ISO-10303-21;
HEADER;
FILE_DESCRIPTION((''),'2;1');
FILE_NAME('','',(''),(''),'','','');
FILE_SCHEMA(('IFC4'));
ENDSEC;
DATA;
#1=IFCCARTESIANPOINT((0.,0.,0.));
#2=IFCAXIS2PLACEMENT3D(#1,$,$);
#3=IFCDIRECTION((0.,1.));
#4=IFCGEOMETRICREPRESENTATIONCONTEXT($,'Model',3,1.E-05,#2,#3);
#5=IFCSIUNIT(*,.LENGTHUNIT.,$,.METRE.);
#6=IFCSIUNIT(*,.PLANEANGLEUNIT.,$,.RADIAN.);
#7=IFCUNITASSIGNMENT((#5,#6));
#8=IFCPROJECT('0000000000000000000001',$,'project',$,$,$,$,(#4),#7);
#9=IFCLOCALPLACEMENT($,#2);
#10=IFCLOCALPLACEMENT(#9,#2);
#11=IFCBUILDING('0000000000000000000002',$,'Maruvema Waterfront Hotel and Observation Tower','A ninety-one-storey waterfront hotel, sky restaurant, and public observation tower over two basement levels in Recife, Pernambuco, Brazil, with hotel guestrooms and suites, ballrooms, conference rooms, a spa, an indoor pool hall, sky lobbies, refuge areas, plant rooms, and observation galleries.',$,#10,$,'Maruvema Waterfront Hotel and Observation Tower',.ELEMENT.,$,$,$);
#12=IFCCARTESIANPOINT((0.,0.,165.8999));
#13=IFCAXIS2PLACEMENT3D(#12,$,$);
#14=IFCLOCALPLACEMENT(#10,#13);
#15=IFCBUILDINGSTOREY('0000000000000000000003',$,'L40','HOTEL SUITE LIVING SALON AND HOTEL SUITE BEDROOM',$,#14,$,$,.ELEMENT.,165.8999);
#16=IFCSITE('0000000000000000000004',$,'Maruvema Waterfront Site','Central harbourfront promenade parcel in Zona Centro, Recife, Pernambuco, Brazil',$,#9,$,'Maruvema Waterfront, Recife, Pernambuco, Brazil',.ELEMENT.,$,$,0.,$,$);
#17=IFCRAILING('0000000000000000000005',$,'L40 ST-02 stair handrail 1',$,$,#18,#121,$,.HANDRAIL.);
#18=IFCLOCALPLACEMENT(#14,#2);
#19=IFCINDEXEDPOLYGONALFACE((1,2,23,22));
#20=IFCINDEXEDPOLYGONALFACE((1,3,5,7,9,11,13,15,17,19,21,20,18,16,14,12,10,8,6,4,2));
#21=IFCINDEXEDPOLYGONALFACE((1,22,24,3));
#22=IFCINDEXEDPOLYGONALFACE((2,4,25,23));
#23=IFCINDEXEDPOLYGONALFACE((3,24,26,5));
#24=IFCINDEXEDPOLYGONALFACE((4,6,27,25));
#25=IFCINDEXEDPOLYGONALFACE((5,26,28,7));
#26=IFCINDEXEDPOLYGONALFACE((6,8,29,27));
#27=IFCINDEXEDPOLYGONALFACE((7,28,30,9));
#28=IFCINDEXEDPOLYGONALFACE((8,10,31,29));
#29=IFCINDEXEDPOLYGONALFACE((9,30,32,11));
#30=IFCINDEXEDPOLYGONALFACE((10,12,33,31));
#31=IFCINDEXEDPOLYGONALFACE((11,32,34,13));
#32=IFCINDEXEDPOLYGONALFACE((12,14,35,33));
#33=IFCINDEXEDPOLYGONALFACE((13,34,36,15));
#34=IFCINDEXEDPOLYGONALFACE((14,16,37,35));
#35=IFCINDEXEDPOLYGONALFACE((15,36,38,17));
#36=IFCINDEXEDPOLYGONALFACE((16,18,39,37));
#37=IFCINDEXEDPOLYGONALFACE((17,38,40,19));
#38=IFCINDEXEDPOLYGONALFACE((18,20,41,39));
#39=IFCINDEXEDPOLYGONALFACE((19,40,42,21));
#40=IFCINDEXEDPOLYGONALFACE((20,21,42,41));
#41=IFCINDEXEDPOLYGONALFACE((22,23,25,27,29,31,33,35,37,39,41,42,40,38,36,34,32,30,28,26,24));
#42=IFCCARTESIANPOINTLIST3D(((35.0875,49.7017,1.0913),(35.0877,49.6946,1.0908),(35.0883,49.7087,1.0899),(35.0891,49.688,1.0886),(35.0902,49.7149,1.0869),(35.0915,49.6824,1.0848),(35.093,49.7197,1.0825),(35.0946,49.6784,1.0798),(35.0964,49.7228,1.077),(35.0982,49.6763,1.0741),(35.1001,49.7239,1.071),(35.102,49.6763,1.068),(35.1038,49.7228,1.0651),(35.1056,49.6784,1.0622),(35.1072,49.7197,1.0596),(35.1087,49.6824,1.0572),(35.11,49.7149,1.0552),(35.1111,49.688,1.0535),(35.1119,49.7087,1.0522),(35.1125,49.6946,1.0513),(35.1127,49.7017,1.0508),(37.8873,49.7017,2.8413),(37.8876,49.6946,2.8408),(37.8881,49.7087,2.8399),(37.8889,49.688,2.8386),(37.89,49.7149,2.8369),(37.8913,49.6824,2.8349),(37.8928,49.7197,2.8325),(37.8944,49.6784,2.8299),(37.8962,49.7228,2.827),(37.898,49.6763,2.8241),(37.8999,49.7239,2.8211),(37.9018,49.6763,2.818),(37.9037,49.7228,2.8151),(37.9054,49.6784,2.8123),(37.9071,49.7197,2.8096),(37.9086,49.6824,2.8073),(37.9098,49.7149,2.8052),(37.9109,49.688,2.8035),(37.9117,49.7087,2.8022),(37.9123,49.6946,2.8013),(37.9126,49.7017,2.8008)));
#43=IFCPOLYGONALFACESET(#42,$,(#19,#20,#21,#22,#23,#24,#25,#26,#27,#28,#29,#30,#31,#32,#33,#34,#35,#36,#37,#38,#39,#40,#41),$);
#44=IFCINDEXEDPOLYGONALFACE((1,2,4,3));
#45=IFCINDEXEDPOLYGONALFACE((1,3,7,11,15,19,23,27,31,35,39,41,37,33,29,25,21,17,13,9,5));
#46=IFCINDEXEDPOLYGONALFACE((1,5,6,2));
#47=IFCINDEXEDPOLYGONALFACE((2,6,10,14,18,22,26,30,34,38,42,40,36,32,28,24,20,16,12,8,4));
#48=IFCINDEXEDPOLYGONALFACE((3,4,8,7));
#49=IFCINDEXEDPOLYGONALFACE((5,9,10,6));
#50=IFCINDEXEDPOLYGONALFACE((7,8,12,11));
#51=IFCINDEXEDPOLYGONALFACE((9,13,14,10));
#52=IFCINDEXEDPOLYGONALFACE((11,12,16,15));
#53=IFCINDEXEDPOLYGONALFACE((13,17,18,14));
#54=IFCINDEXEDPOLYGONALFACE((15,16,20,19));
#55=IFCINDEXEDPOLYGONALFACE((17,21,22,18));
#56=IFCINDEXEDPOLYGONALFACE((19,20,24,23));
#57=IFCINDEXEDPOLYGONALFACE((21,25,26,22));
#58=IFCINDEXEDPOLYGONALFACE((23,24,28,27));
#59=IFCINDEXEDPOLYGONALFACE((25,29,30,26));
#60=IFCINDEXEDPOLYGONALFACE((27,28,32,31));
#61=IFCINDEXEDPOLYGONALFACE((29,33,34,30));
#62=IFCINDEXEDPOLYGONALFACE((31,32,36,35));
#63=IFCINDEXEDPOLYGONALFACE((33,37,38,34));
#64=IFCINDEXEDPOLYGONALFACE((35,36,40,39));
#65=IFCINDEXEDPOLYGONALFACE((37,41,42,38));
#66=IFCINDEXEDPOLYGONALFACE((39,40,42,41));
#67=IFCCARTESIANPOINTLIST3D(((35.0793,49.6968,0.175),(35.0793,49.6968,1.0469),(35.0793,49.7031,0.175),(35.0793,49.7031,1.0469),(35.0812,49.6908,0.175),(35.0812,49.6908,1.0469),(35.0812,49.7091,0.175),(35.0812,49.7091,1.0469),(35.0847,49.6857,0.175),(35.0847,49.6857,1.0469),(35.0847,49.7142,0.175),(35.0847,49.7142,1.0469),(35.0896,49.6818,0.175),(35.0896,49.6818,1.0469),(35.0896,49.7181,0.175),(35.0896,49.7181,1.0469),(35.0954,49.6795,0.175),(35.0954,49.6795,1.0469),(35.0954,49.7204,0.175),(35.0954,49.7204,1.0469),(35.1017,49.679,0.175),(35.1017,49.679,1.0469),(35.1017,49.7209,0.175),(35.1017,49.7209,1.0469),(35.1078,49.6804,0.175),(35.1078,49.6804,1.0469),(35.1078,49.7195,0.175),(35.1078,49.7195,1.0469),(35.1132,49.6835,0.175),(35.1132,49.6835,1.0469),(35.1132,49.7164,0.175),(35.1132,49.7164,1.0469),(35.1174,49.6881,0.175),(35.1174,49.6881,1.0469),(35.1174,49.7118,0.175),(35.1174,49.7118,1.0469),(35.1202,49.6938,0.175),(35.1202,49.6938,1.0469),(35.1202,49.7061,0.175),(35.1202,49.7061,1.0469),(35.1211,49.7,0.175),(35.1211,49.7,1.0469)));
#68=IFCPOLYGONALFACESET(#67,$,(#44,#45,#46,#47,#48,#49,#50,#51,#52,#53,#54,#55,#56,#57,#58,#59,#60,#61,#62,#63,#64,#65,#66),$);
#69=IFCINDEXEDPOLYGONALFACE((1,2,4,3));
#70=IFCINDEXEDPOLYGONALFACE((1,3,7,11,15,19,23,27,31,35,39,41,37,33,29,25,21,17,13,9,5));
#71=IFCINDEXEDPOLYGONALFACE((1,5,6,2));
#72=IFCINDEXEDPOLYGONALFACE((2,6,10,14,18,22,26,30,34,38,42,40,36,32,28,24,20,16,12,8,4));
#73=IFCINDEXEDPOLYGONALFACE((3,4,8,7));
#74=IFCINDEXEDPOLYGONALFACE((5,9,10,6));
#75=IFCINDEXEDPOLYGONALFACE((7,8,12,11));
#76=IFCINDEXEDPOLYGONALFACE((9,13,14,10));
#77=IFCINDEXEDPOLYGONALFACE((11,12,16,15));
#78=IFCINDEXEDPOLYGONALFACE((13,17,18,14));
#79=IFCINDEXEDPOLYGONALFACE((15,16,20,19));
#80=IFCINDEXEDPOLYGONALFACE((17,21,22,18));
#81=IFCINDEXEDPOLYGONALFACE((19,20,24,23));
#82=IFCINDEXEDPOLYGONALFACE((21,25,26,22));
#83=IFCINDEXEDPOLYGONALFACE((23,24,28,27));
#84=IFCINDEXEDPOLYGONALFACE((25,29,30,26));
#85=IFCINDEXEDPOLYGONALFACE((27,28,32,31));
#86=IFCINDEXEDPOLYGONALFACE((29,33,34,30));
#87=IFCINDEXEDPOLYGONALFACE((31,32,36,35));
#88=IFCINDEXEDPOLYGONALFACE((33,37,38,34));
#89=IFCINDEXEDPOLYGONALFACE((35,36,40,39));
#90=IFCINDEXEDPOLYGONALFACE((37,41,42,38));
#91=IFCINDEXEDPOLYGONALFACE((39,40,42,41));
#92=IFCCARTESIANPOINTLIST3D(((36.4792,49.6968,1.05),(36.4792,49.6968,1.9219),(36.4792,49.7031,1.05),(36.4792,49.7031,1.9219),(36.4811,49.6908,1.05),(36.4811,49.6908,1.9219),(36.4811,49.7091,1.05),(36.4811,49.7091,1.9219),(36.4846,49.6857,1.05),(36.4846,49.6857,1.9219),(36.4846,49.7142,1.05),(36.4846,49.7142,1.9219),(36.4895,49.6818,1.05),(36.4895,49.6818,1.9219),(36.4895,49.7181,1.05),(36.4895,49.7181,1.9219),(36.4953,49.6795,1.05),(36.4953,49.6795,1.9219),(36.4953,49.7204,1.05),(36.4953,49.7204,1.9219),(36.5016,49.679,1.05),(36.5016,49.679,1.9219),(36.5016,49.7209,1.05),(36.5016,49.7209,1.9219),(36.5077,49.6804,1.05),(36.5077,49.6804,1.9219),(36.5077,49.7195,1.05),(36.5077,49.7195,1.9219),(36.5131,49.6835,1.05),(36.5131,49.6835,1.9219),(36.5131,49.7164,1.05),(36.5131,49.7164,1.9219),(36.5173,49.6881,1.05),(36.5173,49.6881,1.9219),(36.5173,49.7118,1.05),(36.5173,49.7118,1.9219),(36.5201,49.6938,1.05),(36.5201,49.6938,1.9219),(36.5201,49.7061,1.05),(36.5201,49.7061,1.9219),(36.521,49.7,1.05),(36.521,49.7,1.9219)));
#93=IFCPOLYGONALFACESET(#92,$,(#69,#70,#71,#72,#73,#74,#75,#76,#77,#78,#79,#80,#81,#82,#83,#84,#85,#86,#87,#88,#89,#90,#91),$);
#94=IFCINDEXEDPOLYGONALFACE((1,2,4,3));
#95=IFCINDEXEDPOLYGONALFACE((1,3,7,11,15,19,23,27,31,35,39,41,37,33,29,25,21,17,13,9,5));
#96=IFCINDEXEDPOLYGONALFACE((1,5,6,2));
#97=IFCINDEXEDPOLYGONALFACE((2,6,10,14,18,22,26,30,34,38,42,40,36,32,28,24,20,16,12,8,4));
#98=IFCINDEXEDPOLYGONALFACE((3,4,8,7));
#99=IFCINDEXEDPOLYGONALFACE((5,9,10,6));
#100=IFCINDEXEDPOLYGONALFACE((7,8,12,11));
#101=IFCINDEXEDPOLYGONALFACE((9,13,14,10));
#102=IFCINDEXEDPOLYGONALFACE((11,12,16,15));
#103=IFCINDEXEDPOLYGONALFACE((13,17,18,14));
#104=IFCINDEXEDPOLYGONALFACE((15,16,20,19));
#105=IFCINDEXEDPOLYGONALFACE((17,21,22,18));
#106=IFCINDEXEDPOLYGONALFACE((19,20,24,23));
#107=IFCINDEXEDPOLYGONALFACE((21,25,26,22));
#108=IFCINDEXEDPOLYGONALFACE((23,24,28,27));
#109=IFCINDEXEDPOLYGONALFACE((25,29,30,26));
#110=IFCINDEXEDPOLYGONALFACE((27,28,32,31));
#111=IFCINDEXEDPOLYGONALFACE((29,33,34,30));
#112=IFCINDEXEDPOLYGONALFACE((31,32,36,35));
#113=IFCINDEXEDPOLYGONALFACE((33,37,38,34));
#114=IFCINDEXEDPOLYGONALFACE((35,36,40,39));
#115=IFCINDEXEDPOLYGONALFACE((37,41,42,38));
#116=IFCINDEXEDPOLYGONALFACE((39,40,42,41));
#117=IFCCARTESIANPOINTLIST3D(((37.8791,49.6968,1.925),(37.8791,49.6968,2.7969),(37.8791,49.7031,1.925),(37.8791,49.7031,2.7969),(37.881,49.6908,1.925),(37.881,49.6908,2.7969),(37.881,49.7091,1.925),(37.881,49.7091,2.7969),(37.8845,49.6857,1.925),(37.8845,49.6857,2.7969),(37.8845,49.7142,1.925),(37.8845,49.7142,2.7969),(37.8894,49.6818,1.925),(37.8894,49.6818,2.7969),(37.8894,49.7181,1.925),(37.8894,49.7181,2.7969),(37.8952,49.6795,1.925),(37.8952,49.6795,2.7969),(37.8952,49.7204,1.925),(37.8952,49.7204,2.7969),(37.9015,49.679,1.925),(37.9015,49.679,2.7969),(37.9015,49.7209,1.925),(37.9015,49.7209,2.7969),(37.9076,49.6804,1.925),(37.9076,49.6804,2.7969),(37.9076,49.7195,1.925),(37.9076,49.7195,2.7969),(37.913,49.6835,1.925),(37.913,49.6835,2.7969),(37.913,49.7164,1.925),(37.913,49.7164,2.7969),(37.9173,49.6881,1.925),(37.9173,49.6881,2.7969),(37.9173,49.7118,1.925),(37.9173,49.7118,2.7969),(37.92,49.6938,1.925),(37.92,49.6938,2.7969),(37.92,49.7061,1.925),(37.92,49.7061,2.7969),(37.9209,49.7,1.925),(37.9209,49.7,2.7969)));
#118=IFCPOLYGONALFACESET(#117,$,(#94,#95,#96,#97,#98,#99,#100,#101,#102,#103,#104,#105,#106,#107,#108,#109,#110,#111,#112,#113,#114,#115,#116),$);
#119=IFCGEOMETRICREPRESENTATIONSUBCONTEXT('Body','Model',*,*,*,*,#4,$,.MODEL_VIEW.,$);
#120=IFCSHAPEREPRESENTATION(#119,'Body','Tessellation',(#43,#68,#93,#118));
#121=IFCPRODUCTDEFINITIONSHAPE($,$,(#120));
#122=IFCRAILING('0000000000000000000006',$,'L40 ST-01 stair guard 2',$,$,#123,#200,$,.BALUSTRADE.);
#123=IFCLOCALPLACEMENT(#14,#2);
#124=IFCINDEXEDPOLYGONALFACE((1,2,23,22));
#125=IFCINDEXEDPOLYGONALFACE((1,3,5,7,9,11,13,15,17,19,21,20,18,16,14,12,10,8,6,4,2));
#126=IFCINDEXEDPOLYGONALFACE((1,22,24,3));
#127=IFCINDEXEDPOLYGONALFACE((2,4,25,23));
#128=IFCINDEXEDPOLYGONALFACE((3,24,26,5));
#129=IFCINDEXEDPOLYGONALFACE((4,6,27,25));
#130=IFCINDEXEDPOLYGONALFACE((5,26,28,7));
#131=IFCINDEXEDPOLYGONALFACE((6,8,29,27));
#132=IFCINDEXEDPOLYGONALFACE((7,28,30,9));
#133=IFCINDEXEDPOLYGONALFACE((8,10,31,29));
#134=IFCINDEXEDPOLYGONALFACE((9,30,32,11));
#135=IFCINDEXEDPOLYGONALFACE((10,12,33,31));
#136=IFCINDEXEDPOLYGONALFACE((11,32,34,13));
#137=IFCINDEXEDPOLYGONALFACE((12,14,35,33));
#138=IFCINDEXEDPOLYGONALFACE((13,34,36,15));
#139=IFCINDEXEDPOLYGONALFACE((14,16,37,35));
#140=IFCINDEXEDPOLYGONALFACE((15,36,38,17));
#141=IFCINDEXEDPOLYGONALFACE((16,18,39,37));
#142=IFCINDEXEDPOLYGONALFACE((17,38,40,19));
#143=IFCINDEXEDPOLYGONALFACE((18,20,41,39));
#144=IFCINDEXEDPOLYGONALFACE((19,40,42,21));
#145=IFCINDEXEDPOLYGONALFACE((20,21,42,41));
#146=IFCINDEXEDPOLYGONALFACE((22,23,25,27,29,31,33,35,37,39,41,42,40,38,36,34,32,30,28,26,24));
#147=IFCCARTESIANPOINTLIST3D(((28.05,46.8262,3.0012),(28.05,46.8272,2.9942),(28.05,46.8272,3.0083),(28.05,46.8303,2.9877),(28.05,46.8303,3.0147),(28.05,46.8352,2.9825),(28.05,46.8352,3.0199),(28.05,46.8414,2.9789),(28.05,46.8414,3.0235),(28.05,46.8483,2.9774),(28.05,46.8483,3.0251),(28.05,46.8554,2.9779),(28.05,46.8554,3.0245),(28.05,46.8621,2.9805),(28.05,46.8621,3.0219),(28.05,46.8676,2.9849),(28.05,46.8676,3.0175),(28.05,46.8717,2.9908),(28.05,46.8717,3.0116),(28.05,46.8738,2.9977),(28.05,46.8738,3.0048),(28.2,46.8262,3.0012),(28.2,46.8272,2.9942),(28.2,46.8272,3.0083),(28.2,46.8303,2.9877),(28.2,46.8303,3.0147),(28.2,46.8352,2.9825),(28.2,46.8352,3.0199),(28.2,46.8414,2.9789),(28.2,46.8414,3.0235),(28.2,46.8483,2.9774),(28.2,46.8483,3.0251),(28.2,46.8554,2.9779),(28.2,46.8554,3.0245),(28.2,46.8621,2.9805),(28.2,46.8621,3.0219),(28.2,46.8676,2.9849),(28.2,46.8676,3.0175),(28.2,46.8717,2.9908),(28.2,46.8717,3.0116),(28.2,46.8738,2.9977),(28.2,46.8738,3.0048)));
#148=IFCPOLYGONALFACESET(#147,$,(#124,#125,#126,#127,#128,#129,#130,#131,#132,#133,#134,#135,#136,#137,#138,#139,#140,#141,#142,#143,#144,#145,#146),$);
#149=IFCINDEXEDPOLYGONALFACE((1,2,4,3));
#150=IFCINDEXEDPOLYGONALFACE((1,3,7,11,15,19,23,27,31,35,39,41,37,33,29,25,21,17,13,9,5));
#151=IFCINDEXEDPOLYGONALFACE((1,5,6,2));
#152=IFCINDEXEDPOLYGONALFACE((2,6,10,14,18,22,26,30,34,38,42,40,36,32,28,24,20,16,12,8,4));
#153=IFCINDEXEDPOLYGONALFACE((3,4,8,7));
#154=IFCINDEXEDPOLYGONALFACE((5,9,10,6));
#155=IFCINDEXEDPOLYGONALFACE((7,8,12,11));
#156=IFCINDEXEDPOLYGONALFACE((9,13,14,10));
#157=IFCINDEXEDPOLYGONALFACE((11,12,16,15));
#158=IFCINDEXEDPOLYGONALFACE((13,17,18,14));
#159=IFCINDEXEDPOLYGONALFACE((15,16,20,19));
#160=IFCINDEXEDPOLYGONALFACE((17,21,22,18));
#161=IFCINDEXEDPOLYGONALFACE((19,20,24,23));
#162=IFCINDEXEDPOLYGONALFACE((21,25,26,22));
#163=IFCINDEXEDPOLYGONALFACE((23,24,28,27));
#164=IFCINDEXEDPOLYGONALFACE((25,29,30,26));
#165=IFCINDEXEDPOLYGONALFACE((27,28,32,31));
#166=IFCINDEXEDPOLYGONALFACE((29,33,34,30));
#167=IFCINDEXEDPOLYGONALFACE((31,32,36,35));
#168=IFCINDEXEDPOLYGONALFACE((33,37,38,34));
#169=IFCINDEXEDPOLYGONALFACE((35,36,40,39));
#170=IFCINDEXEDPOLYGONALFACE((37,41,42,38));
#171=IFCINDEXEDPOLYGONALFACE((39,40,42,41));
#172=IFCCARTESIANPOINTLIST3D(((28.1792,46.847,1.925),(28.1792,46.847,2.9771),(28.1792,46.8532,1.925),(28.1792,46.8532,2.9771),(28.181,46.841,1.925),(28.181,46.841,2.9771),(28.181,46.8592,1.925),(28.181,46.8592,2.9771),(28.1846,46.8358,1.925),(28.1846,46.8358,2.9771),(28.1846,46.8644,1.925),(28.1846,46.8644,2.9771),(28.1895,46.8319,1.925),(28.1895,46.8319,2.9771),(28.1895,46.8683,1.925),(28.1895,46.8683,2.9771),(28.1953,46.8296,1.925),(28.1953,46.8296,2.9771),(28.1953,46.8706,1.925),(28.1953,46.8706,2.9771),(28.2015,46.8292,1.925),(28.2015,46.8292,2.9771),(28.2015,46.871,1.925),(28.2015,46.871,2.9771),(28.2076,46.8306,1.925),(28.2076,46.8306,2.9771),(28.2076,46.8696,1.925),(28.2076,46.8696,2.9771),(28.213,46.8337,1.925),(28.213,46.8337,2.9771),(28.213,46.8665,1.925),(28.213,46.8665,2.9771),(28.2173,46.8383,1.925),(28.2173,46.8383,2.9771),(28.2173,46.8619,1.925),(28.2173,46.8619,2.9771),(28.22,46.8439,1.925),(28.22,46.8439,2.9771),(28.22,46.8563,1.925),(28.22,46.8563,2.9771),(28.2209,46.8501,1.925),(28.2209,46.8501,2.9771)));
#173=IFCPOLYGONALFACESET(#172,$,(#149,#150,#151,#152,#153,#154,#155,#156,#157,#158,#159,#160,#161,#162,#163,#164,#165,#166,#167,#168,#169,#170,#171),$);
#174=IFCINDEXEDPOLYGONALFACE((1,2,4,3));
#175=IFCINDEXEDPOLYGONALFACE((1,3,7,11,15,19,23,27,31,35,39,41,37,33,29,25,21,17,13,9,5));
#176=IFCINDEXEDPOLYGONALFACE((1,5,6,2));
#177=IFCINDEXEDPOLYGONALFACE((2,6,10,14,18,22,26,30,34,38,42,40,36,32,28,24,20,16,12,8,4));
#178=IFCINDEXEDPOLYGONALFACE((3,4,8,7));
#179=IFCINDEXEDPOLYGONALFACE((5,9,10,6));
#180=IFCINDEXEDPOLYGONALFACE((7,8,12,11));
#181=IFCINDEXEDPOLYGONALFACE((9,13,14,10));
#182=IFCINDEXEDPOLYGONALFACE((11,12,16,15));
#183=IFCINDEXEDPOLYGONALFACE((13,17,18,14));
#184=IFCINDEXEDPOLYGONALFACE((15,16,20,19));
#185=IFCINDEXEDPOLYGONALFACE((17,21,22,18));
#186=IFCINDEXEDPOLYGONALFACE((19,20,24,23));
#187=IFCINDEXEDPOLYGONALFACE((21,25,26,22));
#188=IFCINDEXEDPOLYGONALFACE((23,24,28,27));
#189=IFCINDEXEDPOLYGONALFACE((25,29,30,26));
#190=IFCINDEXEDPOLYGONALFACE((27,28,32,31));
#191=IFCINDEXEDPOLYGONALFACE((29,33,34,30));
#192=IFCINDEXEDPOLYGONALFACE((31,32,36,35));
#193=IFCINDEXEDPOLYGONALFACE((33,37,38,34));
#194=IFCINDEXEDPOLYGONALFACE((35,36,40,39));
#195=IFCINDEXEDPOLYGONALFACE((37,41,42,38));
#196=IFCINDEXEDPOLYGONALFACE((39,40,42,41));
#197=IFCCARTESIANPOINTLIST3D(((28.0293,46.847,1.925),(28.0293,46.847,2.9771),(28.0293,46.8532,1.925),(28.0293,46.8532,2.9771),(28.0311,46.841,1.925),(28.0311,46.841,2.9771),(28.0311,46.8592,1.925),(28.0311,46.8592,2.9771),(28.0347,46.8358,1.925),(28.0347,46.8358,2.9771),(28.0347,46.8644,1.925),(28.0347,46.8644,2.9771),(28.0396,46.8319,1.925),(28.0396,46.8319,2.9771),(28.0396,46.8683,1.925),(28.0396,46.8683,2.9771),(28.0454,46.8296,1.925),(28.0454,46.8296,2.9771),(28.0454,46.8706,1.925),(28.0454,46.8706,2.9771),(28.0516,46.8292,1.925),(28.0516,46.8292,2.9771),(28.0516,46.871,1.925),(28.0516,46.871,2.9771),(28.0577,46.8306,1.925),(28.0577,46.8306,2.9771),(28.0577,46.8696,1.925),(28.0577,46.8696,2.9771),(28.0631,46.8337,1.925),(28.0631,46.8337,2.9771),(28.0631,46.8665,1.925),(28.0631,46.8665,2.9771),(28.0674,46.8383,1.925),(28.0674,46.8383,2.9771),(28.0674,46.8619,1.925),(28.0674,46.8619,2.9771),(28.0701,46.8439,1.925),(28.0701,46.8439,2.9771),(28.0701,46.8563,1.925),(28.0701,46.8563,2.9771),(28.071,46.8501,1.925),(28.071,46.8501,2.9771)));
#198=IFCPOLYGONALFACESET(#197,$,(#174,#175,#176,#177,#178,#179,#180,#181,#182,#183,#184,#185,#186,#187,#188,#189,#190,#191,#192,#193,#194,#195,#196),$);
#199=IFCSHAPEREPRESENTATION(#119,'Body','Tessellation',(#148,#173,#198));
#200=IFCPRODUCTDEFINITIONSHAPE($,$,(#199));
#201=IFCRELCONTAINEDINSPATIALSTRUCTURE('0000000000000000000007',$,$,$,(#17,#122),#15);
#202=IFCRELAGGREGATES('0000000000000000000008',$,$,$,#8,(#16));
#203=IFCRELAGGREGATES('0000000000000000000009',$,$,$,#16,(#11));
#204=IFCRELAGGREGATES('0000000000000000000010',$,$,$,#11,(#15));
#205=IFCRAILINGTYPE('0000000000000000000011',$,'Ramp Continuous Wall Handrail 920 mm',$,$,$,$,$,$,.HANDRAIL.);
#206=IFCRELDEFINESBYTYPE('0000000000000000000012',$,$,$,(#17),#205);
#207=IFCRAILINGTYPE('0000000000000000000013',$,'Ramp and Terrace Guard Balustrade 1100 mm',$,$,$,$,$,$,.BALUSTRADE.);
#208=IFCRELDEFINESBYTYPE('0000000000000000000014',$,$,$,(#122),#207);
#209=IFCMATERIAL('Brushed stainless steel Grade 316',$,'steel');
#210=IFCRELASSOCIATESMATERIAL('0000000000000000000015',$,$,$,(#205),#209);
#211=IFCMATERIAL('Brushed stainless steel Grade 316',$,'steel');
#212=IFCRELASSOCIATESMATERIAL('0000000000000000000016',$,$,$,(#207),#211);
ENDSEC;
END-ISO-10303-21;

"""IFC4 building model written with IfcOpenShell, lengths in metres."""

from ifc_helpers import new_model, si_unit, direction, frame, origin, origin_2d, place, context, subcontext, project, spatial, circle, extrude, material, type_object, element, save


model = new_model("IFC4")

# Units and contexts
model_context = context("Model", 3, precision=1e-05, world=origin(), true_north=direction((0.0, 1.0)))
body_context = subcontext(model_context, "Body", "Model", "MODEL_VIEW")
ifc_project = project(units=[si_unit("LENGTHUNIT", "METRE"), si_unit("PLANEANGLEUNIT", "RADIAN")], contexts=[model_context])

# Site, building, storey
site_placement = place(None, origin())
site = spatial("IfcSite", under=ifc_project, at=site_placement, Name="Maruvema Waterfront Site", Description="Central harbourfront promenade parcel in Zona Centro, Recife, Pernambuco, Brazil", LongName="Maruvema Waterfront, Recife, Pernambuco, Brazil", CompositionType="ELEMENT", RefElevation=0.0)
building_placement = place(site_placement, origin())
building = spatial("IfcBuilding", under=site, at=building_placement, Name="Maruvema Waterfront Hotel and Observation Tower", Description="A ninety-one-storey waterfront hotel, sky restaurant, and public observation tower over two basement levels in Recife, Pernambuco, Brazil, with hotel guestrooms and suites, ballrooms, conference rooms, a spa, an indoor pool hall, sky lobbies, refuge areas, plant rooms, and observation galleries.", LongName="Maruvema Waterfront Hotel and Observation Tower", CompositionType="ELEMENT")
storey_placement = place(building_placement, frame((0.0, 0.0, 165.8999)))
storey = spatial("IfcBuildingStorey", under=building, at=storey_placement, Name="L40", Description="HOTEL SUITE LIVING SALON AND HOTEL SUITE BEDROOM", CompositionType="ELEMENT", Elevation=165.8999)

# Railings
ifc_material_1 = material(Name="Brushed stainless steel Grade 316", Category="steel")
railing_type_1 = type_object("IfcRailingType", Name="Ramp Continuous Wall Handrail 920 mm", PredefinedType="HANDRAIL", material=ifc_material_1)
railing_1_placement = place(storey_placement, frame((35.1001, 49.7, 0.175)))
element("IfcRailing", 1, at=railing_1_placement, inside=storey, type_object=railing_type_1, Name="L40 ST-02 stair handrail 1", PredefinedType="HANDRAIL", context=body_context, shape_type="SweptSolid", body=[
    extrude(circle(Radius=0.0239, at=origin_2d()), frame((0.0, 0.0, 0.896), z_axis=(0.847982, 0.0, 0.530026), x_axis=(0.0, 1.0, 0.0)), (0.0, 0.0, 1.0), 3.3018),
    extrude(circle(Radius=0.021, at=origin_2d()), origin(), (0.0, 0.0, 1.0), 0.8718),
    extrude(circle(Radius=0.021, at=origin_2d()), frame((1.3999, 0.0, 0.875)), (0.0, 0.0, 1.0), 0.8718),
    extrude(circle(Radius=0.021, at=origin_2d()), frame((2.7998, 0.0, 1.75)), (0.0, 0.0, 1.0), 0.8718),
])
ifc_material_2 = material(Name="Brushed stainless steel Grade 316", Category="steel")
railing_type_2 = type_object("IfcRailingType", Name="Ramp and Terrace Guard Balustrade 1100 mm", PredefinedType="BALUSTRADE", material=ifc_material_2)
railing_2_placement = place(storey_placement, frame((28.2, 46.8501, 1.925)))
element("IfcRailing", 2, at=railing_2_placement, inside=storey, type_object=railing_type_2, Name="L40 ST-01 stair guard 2", PredefinedType="BALUSTRADE", context=body_context, shape_type="SweptSolid", body=[
    extrude(circle(Radius=0.0239, at=origin_2d()), frame((0.0, 0.0, 1.0762), z_axis=(-1.0, 0.0, 0.0), x_axis=(0.0, -1.0, 0.0)), (0.0, 0.0, 1.0), 0.1499),
    extrude(circle(Radius=0.021, at=origin_2d()), origin(), (0.0, 0.0, 1.0), 1.052),
    extrude(circle(Radius=0.021, at=origin_2d()), frame((-0.1499, 0.0, 0.0)), (0.0, 0.0, 1.0), 1.052),
])

save(model, "model.ifc")
